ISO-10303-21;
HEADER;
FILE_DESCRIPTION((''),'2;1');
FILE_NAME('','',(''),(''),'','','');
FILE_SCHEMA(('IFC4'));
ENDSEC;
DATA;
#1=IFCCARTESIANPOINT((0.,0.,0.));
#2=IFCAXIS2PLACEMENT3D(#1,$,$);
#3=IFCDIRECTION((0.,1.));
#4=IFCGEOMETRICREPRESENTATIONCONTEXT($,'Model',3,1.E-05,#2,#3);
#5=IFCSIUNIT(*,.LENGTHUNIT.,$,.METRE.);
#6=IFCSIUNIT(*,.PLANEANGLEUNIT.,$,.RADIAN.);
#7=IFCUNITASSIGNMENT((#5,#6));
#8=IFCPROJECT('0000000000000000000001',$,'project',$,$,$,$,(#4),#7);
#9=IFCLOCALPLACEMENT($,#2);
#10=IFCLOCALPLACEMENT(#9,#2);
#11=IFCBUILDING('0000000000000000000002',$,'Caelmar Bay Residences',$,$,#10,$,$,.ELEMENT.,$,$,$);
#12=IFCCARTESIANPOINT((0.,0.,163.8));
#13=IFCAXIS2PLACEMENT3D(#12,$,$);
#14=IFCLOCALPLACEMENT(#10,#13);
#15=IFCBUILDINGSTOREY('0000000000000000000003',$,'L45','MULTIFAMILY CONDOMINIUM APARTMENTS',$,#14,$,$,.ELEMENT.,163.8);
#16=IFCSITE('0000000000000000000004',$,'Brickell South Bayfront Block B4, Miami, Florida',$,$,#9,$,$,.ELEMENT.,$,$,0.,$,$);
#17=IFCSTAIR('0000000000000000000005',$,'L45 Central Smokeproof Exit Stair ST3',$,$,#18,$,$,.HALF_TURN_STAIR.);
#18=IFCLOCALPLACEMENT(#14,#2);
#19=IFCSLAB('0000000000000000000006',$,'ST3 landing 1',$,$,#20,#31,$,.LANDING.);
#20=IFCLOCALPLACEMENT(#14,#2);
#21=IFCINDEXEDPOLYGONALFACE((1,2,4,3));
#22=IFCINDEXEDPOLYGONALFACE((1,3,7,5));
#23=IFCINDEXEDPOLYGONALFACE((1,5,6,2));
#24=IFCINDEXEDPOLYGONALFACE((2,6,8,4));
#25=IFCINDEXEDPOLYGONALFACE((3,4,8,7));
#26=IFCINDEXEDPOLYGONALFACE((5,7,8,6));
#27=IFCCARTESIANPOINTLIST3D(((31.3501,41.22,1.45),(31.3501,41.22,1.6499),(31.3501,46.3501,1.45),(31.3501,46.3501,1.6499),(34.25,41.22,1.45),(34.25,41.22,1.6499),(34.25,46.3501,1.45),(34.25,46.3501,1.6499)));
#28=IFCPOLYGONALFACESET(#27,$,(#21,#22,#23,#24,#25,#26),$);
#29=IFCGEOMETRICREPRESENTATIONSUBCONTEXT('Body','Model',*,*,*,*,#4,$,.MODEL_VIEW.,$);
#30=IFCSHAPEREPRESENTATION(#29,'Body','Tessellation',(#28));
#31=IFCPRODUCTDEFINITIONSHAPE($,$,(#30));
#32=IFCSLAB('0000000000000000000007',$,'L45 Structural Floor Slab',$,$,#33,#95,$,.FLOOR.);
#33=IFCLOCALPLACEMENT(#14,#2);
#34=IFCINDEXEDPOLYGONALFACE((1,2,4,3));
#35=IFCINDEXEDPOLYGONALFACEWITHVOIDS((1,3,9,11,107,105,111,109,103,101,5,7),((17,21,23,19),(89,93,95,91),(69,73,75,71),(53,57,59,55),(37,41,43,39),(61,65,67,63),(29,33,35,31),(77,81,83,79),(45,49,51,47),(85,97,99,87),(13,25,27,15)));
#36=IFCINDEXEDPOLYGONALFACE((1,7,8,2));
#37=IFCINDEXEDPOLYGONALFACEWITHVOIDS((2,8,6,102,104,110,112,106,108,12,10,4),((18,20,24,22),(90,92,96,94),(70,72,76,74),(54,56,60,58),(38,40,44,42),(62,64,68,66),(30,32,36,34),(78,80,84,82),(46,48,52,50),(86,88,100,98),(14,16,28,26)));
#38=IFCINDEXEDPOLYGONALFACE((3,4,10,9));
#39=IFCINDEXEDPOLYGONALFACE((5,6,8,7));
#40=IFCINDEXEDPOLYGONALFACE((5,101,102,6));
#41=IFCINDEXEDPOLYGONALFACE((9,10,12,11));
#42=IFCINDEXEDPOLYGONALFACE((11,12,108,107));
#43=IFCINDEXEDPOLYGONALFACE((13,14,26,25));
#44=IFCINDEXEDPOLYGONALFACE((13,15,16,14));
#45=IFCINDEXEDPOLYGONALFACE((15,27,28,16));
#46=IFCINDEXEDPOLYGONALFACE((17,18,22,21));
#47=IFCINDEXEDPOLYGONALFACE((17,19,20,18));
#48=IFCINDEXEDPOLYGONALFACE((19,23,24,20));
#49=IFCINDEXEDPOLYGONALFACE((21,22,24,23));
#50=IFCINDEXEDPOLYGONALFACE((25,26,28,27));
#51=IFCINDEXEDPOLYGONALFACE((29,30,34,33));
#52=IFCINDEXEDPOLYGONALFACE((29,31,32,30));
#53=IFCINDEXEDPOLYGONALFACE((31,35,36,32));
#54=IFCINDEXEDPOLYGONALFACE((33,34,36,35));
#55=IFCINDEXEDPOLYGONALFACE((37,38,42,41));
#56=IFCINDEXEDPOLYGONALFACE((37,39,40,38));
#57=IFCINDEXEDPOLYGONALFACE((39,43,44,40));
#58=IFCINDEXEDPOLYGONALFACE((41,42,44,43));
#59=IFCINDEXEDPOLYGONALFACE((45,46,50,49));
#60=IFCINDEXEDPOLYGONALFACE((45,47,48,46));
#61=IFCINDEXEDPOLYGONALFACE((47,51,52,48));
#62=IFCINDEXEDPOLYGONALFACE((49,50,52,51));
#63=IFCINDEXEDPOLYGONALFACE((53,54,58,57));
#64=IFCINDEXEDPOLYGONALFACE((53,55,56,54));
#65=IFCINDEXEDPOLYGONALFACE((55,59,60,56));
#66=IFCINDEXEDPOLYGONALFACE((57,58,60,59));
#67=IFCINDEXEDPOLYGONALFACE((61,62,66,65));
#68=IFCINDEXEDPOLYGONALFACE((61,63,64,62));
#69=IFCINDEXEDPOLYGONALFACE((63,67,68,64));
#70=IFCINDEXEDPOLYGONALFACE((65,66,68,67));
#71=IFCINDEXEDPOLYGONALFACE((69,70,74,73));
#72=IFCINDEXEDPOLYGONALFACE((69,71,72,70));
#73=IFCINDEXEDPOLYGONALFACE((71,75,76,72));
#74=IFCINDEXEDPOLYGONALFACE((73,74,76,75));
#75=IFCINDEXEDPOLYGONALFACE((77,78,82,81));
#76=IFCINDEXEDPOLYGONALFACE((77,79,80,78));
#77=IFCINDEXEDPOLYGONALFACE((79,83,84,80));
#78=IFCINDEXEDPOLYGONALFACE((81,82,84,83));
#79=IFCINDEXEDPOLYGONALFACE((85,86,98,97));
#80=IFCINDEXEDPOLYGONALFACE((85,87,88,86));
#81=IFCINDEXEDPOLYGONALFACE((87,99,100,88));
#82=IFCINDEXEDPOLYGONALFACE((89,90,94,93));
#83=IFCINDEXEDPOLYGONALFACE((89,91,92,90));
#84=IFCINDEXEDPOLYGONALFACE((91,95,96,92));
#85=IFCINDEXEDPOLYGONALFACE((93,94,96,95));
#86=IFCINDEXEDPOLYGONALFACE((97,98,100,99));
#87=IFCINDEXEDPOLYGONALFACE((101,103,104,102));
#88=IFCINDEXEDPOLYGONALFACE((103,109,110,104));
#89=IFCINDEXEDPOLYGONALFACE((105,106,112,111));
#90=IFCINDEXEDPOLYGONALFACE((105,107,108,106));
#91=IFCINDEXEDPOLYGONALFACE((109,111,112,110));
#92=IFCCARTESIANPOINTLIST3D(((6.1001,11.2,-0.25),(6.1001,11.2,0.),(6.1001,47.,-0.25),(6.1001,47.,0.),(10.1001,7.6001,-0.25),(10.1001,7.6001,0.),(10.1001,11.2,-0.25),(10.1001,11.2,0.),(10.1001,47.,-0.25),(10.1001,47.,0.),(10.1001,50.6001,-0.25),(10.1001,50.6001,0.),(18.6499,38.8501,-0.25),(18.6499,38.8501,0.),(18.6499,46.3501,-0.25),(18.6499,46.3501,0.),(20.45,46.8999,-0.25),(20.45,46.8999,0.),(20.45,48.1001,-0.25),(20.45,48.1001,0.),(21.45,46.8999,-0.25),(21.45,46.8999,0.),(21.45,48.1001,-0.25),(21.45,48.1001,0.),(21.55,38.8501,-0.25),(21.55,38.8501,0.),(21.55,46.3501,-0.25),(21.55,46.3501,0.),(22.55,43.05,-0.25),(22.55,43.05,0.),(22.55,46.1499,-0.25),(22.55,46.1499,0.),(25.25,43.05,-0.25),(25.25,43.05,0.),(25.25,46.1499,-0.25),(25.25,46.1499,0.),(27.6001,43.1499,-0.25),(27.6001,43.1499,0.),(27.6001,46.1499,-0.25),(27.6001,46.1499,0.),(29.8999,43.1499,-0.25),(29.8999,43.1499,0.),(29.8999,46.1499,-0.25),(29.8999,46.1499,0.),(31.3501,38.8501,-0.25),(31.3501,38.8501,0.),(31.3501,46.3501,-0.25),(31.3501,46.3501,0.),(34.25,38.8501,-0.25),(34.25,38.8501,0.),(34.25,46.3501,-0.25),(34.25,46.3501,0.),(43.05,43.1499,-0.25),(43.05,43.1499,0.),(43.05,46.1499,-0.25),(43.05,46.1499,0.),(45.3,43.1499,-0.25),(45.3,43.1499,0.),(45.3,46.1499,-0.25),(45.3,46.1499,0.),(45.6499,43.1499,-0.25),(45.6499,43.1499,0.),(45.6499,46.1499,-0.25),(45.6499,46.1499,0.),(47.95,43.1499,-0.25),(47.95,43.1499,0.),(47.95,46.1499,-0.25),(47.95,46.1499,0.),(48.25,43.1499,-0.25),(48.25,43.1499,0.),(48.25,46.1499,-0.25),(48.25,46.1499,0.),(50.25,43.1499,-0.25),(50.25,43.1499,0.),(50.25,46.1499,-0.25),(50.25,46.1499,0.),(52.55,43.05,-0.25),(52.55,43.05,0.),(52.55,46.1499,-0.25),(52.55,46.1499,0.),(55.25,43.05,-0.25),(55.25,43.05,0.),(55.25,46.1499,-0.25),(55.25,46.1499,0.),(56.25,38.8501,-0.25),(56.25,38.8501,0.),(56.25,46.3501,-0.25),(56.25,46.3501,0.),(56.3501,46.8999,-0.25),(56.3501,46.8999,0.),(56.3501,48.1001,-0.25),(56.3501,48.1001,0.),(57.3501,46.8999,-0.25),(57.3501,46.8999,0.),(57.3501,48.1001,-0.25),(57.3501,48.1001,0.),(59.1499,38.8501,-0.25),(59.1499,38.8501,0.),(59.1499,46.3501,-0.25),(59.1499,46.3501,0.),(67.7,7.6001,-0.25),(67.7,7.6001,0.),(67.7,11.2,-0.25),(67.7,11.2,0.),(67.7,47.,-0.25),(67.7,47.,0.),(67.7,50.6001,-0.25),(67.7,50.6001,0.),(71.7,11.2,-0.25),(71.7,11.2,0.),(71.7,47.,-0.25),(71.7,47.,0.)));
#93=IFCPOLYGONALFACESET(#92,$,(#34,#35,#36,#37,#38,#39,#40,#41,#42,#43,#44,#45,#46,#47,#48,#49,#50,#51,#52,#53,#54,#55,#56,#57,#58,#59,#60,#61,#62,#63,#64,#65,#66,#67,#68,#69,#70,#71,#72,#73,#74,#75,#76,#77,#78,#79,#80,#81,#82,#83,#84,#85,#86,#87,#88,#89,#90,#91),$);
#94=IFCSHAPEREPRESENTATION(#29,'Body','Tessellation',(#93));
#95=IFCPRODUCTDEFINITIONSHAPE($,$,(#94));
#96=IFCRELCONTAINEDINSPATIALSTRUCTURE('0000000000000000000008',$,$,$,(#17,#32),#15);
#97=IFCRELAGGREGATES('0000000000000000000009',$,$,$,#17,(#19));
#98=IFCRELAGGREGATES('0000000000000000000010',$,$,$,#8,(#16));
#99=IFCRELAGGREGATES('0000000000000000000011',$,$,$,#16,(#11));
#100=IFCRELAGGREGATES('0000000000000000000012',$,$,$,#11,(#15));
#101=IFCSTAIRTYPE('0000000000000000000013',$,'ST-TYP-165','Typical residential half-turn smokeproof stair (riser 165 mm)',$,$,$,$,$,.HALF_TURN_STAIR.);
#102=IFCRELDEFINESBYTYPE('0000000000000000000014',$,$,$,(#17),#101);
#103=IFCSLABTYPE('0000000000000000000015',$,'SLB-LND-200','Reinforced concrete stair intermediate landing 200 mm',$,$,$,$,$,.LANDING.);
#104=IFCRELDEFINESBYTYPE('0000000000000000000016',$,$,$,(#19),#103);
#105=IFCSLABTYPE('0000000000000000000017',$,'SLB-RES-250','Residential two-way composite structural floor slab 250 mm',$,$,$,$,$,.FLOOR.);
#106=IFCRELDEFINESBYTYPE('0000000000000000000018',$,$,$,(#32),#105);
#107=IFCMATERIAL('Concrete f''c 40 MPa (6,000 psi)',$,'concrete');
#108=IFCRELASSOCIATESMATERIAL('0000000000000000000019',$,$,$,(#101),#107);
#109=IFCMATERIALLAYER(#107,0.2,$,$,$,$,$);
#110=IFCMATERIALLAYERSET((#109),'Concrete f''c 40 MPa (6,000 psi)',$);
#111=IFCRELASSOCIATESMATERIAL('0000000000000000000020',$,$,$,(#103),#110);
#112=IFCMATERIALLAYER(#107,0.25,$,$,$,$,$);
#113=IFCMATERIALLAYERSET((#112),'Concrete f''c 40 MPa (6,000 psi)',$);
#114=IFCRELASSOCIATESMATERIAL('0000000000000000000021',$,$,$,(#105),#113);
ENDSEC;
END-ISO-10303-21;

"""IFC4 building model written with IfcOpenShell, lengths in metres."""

from ifc_helpers import new_model, si_unit, direction, frame, origin, place, context, subcontext, project, spatial, polyline, outline, extrude, material, layer, layer_set, type_object, element, aggregate, save


model = new_model("IFC4")

# Units and contexts
model_context = context("Model", 3, precision=1e-05, world=origin(), true_north=direction((0.0, 1.0)))
body_context = subcontext(model_context, "Body", "Model", "MODEL_VIEW")
ifc_project = project(units=[si_unit("LENGTHUNIT", "METRE"), si_unit("PLANEANGLEUNIT", "RADIAN")], contexts=[model_context])

# Site, building, storey
site_placement = place(None, origin())
site = spatial("IfcSite", under=ifc_project, at=site_placement, Name="Brickell South Bayfront Block B4, Miami, Florida", CompositionType="ELEMENT", RefElevation=0.0)
building_placement = place(site_placement, origin())
building = spatial("IfcBuilding", under=site, at=building_placement, Name="Caelmar Bay Residences", CompositionType="ELEMENT")
storey_placement = place(building_placement, frame((0.0, 0.0, 163.8)))
storey = spatial("IfcBuildingStorey", under=building, at=storey_placement, Name="L45", Description="MULTIFAMILY CONDOMINIUM APARTMENTS", CompositionType="ELEMENT", Elevation=163.8)

# Shared definitions
ifc_material_1 = material(Name="Concrete f'c 40 MPa (6,000 psi)", Category="concrete")

# Stair, slab
stair_type = type_object("IfcStairType", Name="ST-TYP-165", Description="Typical residential half-turn smokeproof stair (riser 165 mm)", PredefinedType="HALF_TURN_STAIR", material=ifc_material_1)
ifc_layer_1 = layer(ifc_material_1, 0.2)
ifc_layer_set_1 = layer_set([ifc_layer_1], Name="Concrete f'c 40 MPa (6,000 psi)")
slab_type_1 = type_object("IfcSlabType", Name="SLB-LND-200", Description="Reinforced concrete stair intermediate landing 200 mm", PredefinedType="LANDING", material=ifc_layer_set_1)
stair_1_placement = place(storey_placement, origin())
stair_1 = element("IfcStair", 1, at=stair_1_placement, inside=storey, type_object=stair_type, Name="L45 Central Smokeproof Exit Stair ST3", PredefinedType="HALF_TURN_STAIR")
slab_1_placement = place(storey_placement, frame((0.0, 0.0, 1.45)))
slab_1 = element("IfcSlab", 2, at=slab_1_placement, type_object=slab_type_1, Name="ST3 landing 1", PredefinedType="LANDING", context=body_context, shape_type="SweptSolid", body=[
    extrude(outline(polyline([(34.25, 41.22), (34.25, 46.3501), (31.3501, 46.3501), (31.3501, 41.22), (34.25, 41.22)])), origin(), (0.0, 0.0, 1.0), 0.2),
])
aggregate(stair_1, [slab_1])

# Slab
ifc_layer_2 = layer(ifc_material_1, 0.25)
ifc_layer_set_2 = layer_set([ifc_layer_2], Name="Concrete f'c 40 MPa (6,000 psi)")
slab_type_2 = type_object("IfcSlabType", Name="SLB-RES-250", Description="Residential two-way composite structural floor slab 250 mm", PredefinedType="FLOOR", material=ifc_layer_set_2)
slab_2_placement = place(storey_placement, frame((0.0, 0.0, -0.25)))
element("IfcSlab", 3, at=slab_2_placement, inside=storey, type_object=slab_type_2, Name="L45 Structural Floor Slab", PredefinedType="FLOOR", context=body_context, shape_type="SweptSolid", body=[
    extrude(outline(polyline([(10.1001, 7.6001), (67.7, 7.6001), (67.7, 11.2), (71.7, 11.2), (71.7, 47.0), (67.7, 47.0), (67.7, 50.6001), (10.1001, 50.6001), (10.1001, 47.0), (6.1001, 47.0), (6.1001, 11.2), (10.1001, 11.2), (10.1001, 7.6001)]), holes=[polyline([(18.6499, 38.8501), (21.55, 38.8501), (21.55, 46.3501), (18.6499, 46.3501), (18.6499, 38.8501)]), polyline([(56.25, 38.8501), (59.1499, 38.8501), (59.1499, 46.3501), (56.25, 46.3501), (56.25, 38.8501)]), polyline([(31.3501, 38.8501), (34.25, 38.8501), (34.25, 46.3501), (31.3501, 46.3501), (31.3501, 38.8501)]), polyline([(22.55, 43.05), (25.25, 43.05), (25.25, 46.1499), (22.55, 46.1499), (22.55, 43.05)]), polyline([(52.55, 43.05), (55.25, 43.05), (55.25, 46.1499), (52.55, 46.1499), (52.55, 43.05)]), polyline([(43.05, 43.1499), (45.3, 43.1499), (45.3, 46.1499), (43.05, 46.1499), (43.05, 43.1499)]), polyline([(45.6499, 43.1499), (47.95, 43.1499), (47.95, 46.1499), (45.6499, 46.1499), (45.6499, 43.1499)]), polyline([(48.25, 43.1499), (50.25, 43.1499), (50.25, 46.1499), (48.25, 46.1499), (48.25, 43.1499)]), polyline([(27.6001, 43.1499), (29.8999, 43.1499), (29.8999, 46.1499), (27.6001, 46.1499), (27.6001, 43.1499)]), polyline([(20.45, 46.8999), (21.45, 46.8999), (21.45, 48.1001), (20.45, 48.1001), (20.45, 46.8999)]), polyline([(56.3501, 46.8999), (57.3501, 46.8999), (57.3501, 48.1001), (56.3501, 48.1001), (56.3501, 46.8999)])]), origin(), (0.0, 0.0, 1.0), 0.25),
])

save(model, "model.ifc")
